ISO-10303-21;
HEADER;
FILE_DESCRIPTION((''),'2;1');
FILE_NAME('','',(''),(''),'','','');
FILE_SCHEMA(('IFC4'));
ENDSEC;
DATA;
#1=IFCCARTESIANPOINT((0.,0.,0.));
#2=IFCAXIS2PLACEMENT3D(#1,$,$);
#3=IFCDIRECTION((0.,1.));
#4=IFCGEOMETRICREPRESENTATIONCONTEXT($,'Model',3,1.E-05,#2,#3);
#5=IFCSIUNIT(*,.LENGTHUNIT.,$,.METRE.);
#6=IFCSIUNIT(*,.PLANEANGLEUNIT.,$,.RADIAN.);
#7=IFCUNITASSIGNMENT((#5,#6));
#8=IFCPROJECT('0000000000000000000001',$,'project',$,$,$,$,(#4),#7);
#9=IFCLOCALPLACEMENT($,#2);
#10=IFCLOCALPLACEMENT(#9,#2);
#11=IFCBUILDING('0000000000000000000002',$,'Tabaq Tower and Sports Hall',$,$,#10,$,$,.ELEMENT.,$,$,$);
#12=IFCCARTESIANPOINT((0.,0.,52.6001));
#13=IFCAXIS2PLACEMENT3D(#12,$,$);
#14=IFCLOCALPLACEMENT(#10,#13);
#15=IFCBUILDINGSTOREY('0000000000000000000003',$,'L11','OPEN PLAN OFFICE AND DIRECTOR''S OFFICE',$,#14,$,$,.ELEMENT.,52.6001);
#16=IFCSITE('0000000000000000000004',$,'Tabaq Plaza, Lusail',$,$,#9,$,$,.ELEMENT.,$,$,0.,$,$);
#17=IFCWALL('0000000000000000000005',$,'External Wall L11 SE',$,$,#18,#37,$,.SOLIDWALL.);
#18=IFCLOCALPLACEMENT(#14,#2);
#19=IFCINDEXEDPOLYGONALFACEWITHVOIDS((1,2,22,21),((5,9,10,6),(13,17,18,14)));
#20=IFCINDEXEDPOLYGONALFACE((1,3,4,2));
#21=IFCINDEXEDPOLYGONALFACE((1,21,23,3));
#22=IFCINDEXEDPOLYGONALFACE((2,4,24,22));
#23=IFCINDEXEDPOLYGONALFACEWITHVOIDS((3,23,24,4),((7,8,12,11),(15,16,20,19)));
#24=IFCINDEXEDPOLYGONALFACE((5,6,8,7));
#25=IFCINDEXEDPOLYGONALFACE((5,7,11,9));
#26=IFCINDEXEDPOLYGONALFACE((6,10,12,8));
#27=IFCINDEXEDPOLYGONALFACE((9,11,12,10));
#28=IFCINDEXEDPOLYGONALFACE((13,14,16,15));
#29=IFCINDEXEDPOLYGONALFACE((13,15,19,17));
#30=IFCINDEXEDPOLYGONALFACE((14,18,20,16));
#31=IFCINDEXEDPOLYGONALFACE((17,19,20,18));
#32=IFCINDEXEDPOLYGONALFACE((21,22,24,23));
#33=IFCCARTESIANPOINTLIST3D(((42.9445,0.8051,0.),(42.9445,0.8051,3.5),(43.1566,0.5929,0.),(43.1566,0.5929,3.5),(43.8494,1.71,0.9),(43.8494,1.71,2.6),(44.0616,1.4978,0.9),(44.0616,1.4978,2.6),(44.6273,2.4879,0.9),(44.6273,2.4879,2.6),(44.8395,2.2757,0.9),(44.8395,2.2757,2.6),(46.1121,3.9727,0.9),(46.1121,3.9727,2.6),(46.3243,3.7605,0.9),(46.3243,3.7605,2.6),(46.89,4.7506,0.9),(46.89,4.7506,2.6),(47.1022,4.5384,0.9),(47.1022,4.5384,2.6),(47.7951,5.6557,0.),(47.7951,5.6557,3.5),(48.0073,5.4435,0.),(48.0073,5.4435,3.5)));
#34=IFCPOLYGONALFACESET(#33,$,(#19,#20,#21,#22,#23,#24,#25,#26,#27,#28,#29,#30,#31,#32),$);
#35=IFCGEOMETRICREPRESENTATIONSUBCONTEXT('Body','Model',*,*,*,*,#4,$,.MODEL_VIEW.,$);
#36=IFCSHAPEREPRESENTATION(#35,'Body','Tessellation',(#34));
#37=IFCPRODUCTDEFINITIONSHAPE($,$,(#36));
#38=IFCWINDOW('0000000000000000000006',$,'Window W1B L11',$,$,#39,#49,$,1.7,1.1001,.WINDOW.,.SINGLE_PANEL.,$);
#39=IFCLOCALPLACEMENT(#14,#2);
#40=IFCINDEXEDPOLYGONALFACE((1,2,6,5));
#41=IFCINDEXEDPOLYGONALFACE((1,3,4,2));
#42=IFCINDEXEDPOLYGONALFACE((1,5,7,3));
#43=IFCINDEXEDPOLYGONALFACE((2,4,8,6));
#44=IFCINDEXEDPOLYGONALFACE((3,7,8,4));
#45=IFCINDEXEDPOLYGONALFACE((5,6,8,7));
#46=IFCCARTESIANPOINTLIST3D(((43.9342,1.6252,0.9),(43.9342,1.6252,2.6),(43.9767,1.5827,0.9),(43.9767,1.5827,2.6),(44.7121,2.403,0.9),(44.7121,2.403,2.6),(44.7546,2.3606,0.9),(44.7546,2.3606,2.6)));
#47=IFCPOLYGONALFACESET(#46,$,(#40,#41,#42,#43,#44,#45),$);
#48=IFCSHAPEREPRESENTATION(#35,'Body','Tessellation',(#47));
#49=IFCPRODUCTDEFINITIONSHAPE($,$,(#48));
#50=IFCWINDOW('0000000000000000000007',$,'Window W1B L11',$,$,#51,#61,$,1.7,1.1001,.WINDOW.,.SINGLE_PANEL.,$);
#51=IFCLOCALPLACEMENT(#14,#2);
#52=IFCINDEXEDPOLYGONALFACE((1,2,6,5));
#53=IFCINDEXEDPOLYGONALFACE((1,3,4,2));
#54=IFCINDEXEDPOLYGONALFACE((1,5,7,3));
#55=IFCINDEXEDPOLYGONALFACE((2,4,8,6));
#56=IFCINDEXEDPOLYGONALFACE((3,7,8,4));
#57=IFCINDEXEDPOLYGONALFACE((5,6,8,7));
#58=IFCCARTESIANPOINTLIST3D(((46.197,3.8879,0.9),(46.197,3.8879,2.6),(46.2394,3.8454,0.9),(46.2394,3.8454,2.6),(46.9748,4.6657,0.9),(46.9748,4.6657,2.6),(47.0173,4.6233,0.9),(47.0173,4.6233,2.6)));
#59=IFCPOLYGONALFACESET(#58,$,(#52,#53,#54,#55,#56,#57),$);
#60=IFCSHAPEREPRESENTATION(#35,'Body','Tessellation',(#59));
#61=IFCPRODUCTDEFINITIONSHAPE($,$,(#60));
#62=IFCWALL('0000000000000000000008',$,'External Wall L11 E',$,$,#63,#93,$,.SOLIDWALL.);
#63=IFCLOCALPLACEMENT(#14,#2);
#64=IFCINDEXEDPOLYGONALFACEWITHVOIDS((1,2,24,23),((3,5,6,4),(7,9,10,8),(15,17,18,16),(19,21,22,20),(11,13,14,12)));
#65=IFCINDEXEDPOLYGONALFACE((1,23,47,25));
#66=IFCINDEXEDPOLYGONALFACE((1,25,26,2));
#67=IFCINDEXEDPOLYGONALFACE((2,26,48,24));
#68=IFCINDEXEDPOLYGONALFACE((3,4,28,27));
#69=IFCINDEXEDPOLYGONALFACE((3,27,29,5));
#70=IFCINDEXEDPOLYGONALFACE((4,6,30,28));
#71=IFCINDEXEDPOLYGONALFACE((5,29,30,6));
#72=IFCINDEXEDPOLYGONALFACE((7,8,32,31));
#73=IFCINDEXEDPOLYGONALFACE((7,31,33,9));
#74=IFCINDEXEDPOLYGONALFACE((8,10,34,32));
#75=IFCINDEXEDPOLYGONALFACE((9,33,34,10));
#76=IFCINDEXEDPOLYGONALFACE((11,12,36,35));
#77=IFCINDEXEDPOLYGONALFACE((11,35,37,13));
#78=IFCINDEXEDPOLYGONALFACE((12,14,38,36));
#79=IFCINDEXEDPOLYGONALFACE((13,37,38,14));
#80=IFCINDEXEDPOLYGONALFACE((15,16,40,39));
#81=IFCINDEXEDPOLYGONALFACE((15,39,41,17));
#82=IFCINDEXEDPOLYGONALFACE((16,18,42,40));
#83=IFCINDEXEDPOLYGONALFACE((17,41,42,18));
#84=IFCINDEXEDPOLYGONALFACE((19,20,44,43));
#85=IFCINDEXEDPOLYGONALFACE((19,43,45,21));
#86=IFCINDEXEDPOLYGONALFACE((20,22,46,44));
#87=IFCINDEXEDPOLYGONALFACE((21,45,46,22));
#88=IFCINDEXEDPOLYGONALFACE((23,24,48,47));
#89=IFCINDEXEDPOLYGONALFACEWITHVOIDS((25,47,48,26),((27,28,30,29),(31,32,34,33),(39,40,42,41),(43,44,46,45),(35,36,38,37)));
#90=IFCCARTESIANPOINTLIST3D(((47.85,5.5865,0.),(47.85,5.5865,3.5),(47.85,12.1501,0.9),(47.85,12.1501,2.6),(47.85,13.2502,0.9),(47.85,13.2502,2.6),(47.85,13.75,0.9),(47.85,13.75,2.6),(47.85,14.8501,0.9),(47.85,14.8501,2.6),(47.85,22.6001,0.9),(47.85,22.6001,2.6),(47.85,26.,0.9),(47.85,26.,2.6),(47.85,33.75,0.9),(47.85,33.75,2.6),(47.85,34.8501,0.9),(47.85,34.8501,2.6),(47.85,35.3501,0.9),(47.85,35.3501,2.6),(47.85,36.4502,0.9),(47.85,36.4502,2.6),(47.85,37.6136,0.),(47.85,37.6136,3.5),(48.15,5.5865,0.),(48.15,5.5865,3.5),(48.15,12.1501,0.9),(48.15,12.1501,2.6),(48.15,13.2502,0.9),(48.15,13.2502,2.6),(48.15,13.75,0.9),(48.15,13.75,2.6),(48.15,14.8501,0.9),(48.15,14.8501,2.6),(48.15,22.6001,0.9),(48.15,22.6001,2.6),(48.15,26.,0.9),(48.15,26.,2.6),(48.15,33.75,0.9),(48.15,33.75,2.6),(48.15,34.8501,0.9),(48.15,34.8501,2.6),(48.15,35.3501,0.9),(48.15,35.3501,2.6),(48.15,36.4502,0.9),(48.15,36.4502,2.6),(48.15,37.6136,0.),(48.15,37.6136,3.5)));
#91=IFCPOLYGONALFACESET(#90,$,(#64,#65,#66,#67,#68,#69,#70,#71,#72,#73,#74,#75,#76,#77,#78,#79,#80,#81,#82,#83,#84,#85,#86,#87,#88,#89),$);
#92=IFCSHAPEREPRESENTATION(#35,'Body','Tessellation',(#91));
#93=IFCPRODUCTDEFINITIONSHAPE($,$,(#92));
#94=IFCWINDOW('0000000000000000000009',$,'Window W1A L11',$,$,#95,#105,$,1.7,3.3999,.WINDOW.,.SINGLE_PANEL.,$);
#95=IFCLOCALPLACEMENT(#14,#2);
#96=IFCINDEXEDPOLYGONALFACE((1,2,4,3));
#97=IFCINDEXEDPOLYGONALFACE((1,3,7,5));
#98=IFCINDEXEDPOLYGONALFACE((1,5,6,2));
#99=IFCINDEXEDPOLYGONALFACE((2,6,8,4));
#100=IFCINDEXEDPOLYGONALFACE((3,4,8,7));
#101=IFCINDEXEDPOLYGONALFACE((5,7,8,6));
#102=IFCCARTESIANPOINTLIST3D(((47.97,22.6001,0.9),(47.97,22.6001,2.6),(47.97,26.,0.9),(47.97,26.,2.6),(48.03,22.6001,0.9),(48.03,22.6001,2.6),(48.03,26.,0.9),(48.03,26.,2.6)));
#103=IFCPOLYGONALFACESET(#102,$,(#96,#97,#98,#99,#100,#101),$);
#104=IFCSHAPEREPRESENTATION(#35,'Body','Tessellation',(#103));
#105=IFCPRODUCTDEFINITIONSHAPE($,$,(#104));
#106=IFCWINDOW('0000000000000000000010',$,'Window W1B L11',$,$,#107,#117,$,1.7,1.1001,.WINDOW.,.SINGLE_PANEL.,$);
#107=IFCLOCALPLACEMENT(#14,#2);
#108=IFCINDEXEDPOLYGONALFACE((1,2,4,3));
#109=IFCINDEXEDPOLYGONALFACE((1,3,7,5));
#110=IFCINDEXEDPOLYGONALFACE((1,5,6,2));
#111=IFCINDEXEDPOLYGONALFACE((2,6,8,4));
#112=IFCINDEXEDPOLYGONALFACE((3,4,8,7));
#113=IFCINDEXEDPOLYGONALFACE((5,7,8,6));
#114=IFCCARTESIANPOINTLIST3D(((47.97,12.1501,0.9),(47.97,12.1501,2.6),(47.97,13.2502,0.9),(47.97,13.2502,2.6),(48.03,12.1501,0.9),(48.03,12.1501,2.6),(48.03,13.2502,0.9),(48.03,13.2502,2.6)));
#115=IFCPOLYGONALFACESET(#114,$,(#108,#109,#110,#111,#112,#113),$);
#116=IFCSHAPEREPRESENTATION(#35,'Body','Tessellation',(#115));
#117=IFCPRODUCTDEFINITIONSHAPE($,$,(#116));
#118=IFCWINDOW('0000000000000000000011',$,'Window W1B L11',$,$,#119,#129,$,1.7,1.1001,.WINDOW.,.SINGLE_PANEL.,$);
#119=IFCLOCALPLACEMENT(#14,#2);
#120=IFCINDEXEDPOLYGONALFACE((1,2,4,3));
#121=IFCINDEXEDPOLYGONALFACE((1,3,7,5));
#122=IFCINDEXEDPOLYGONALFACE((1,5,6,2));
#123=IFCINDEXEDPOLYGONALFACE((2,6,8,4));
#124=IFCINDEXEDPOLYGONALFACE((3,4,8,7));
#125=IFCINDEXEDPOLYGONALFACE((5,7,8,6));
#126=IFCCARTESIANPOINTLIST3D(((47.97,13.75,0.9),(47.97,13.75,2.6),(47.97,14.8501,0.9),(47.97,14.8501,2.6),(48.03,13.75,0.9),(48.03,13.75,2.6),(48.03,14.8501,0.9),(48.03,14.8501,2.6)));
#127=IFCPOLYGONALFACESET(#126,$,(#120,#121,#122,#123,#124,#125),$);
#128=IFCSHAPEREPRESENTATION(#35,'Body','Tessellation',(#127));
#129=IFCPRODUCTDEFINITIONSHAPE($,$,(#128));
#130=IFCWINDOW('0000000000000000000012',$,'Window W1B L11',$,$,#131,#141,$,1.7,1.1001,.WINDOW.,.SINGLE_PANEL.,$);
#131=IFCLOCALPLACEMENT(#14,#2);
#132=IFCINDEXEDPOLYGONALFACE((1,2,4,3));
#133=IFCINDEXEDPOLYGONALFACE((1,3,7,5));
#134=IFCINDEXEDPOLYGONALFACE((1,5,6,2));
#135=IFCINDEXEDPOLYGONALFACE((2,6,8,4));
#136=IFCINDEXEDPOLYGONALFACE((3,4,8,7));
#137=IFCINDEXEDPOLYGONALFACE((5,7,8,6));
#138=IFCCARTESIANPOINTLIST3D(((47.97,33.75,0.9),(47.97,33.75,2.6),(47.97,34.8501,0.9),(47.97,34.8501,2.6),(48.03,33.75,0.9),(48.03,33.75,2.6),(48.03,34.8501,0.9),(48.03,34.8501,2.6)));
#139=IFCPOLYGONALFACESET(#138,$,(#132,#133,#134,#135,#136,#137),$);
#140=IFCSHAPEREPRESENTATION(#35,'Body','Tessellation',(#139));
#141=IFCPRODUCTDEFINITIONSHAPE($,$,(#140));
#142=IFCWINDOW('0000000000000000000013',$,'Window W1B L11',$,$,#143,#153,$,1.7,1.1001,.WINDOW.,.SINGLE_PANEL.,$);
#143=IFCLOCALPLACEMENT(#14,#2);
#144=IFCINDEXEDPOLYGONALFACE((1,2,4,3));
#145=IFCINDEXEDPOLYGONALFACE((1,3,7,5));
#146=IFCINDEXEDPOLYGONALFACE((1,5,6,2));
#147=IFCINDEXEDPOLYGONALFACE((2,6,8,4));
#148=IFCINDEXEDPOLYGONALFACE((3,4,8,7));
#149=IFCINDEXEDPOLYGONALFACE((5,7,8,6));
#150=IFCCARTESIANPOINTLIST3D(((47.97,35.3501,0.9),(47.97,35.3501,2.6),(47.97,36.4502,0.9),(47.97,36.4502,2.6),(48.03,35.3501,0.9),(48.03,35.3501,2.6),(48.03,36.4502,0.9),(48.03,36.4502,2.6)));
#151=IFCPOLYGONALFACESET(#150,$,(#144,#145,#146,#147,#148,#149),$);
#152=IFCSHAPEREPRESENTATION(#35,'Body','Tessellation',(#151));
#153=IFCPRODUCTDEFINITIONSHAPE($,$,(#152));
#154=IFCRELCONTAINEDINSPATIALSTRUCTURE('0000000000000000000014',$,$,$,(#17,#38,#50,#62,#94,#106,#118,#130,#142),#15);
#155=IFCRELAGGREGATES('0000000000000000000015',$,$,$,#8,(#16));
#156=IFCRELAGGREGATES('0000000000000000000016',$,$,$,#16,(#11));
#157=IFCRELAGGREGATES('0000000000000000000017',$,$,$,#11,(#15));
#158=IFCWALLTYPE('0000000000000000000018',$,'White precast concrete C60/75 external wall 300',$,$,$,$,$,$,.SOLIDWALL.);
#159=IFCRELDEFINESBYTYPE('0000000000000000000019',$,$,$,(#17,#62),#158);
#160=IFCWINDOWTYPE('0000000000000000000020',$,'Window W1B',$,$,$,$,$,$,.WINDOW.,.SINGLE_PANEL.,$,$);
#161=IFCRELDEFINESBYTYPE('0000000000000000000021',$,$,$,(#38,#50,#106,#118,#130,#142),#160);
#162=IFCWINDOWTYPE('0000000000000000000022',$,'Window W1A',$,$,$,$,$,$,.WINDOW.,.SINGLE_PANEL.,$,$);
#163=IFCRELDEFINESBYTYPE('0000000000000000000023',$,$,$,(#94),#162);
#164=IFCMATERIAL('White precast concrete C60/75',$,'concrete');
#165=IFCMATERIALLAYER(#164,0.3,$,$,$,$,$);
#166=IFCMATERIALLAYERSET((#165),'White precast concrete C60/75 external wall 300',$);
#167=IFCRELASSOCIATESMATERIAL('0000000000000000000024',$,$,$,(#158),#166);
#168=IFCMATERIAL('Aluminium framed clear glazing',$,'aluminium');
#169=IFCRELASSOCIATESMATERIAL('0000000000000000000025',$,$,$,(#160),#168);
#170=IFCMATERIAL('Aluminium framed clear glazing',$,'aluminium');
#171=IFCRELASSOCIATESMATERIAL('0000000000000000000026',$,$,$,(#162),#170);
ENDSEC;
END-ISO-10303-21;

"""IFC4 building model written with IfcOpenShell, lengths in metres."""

from ifc_helpers import new_model, si_unit, direction, frame, frame_2d, origin, place, context, subcontext, project, spatial, rectangle, extrude, material, layer, layer_set, type_object, element, fill, save


model = new_model("IFC4")

# Units and contexts
model_context = context("Model", 3, precision=1e-05, world=origin(), true_north=direction((0.0, 1.0)))
body_context = subcontext(model_context, "Body", "Model", "MODEL_VIEW")
ifc_project = project(units=[si_unit("LENGTHUNIT", "METRE"), si_unit("PLANEANGLEUNIT", "RADIAN")], contexts=[model_context])

# Site, building, storey
site_placement = place(None, origin())
site = spatial("IfcSite", under=ifc_project, at=site_placement, Name="Tabaq Plaza, Lusail", CompositionType="ELEMENT", RefElevation=0.0)
building_placement = place(site_placement, origin())
building = spatial("IfcBuilding", under=site, at=building_placement, Name="Tabaq Tower and Sports Hall", CompositionType="ELEMENT")
storey_placement = place(building_placement, frame((0.0, 0.0, 52.6001)))
storey = spatial("IfcBuildingStorey", under=building, at=storey_placement, Name="L11", Description="OPEN PLAN OFFICE AND DIRECTOR'S OFFICE", CompositionType="ELEMENT", Elevation=52.6001)

# Walls, openings, windows
ifc_material_1 = material(Name="White precast concrete C60/75", Category="concrete")
ifc_layer_1 = layer(ifc_material_1, 0.3)
ifc_layer_set_1 = layer_set([ifc_layer_1], Name="White precast concrete C60/75 external wall 300")
wall_type_1 = type_object("IfcWallType", Name="White precast concrete C60/75 external wall 300", PredefinedType="SOLIDWALL", material=ifc_layer_set_1)
wall_1_placement = place(storey_placement, frame((43.0505, 0.699, 0.0), z_axis=(0.0, 0.0, 1.0), x_axis=(0.707107, 0.707107, 0.0)))
wall_1 = element("IfcWall", 1, at=wall_1_placement, inside=storey, type_object=wall_type_1, Name="External Wall L11 SE", PredefinedType="SOLIDWALL", context=body_context, shape_type="SweptSolid", body=[
    extrude(rectangle(XDim=6.8599, YDim=0.3, at=frame_2d((3.4299, 0.0))), origin(), (0.0, 0.0, 1.0), 3.5),
])
opening_1_placement = place(wall_1_placement, frame((1.2798, 0.0, 0.8999)))
opening_1 = element("IfcOpeningElement", 2, at=opening_1_placement, cuts=wall_1, PredefinedType="OPENING", context=body_context, shape_type="SweptSolid", body=[
    extrude(rectangle(XDim=1.1001, YDim=1.7, at=frame_2d((0.55, 0.8501))), frame((0.0, 0.1602, 0.0), z_axis=(0.0, -1.0, 0.0), x_axis=(1.0, 0.0, 0.0)), (0.0, 0.0, 1.0), 0.3201),
])
opening_2_placement = place(wall_1_placement, frame((4.4797, 0.0, 0.8999)))
opening_2 = element("IfcOpeningElement", 3, at=opening_2_placement, cuts=wall_1, PredefinedType="OPENING", context=body_context, shape_type="SweptSolid", body=[
    extrude(rectangle(XDim=1.1001, YDim=1.7, at=frame_2d((0.55, 0.8501))), frame((0.0, 0.1602, 0.0), z_axis=(0.0, -1.0, 0.0), x_axis=(1.0, 0.0, 0.0)), (0.0, 0.0, 1.0), 0.3201),
])
ifc_material_2 = material(Name="Aluminium framed clear glazing", Category="aluminium")
window_type_1 = type_object("IfcWindowType", Name="Window W1B", PartitioningType="SINGLE_PANEL", PredefinedType="WINDOW", material=ifc_material_2)
window_1_placement = place(opening_1_placement, origin())
window_1 = element("IfcWindow", 4, at=window_1_placement, inside=storey, type_object=window_type_1, Name="Window W1B L11", OverallHeight=1.7, OverallWidth=1.1001, PartitioningType="SINGLE_PANEL", PredefinedType="WINDOW", context=body_context, shape_type="SweptSolid", body=[
    extrude(rectangle(XDim=1.1001, YDim=1.7, at=frame_2d((0.55, 0.8501))), frame((0.0, 0.03, 0.0), z_axis=(0.0, -1.0, 0.0), x_axis=(1.0, 0.0, 0.0)), (0.0, 0.0, 1.0), 0.0601),
])
fill(opening_1, window_1)
window_2_placement = place(opening_2_placement, origin())
window_2 = element("IfcWindow", 5, at=window_2_placement, inside=storey, type_object=window_type_1, Name="Window W1B L11", OverallHeight=1.7, OverallWidth=1.1001, PartitioningType="SINGLE_PANEL", PredefinedType="WINDOW", context=body_context, shape_type="SweptSolid", body=[
    extrude(rectangle(XDim=1.1001, YDim=1.7, at=frame_2d((0.55, 0.8501))), frame((0.0, 0.03, 0.0), z_axis=(0.0, -1.0, 0.0), x_axis=(1.0, 0.0, 0.0)), (0.0, 0.0, 1.0), 0.0601),
])
fill(opening_2, window_2)
wall_2_placement = place(storey_placement, frame((48.0, 5.5864, 0.0), z_axis=(0.0, 0.0, 1.0), x_axis=(0.0, 1.0, 0.0)))
wall_2 = element("IfcWall", 6, at=wall_2_placement, inside=storey, type_object=wall_type_1, Name="External Wall L11 E", PredefinedType="SOLIDWALL", context=body_context, shape_type="SweptSolid", body=[
    extrude(rectangle(XDim=32.0271, YDim=0.3, at=frame_2d((16.0137, 0.0))), origin(), (0.0, 0.0, 1.0), 3.5),
])
opening_3_placement = place(wall_2_placement, frame((6.5637, 0.0, 0.8999)))
opening_3 = element("IfcOpeningElement", 7, at=opening_3_placement, cuts=wall_2, PredefinedType="OPENING", context=body_context, shape_type="SweptSolid", body=[
    extrude(rectangle(XDim=1.1001, YDim=1.7, at=frame_2d((0.55, 0.8501))), frame((0.0, 0.1602, 0.0), z_axis=(0.0, -1.0, 0.0), x_axis=(1.0, 0.0, 0.0)), (0.0, 0.0, 1.0), 0.3201),
])
opening_4_placement = place(wall_2_placement, frame((8.1636, 0.0, 0.8999)))
opening_4 = element("IfcOpeningElement", 8, at=opening_4_placement, cuts=wall_2, PredefinedType="OPENING", context=body_context, shape_type="SweptSolid", body=[
    extrude(rectangle(XDim=1.1001, YDim=1.7, at=frame_2d((0.55, 0.8501))), frame((0.0, 0.1602, 0.0), z_axis=(0.0, -1.0, 0.0), x_axis=(1.0, 0.0, 0.0)), (0.0, 0.0, 1.0), 0.3201),
])
opening_5_placement = place(wall_2_placement, frame((17.0137, 0.0, 0.8999)))
opening_5 = element("IfcOpeningElement", 9, at=opening_5_placement, cuts=wall_2, PredefinedType="OPENING", context=body_context, shape_type="SweptSolid", body=[
    extrude(rectangle(XDim=3.3999, YDim=1.7, at=frame_2d((1.7, 0.8501))), frame((0.0, 0.1602, 0.0), z_axis=(0.0, -1.0, 0.0), x_axis=(1.0, 0.0, 0.0)), (0.0, 0.0, 1.0), 0.3201),
])
opening_6_placement = place(wall_2_placement, frame((28.1636, 0.0, 0.8999)))
opening_6 = element("IfcOpeningElement", 10, at=opening_6_placement, cuts=wall_2, PredefinedType="OPENING", context=body_context, shape_type="SweptSolid", body=[
    extrude(rectangle(XDim=1.1001, YDim=1.7, at=frame_2d((0.55, 0.8501))), frame((0.0, 0.1602, 0.0), z_axis=(0.0, -1.0, 0.0), x_axis=(1.0, 0.0, 0.0)), (0.0, 0.0, 1.0), 0.3201),
])
opening_7_placement = place(wall_2_placement, frame((29.7637, 0.0, 0.8999)))
opening_7 = element("IfcOpeningElement", 11, at=opening_7_placement, cuts=wall_2, PredefinedType="OPENING", context=body_context, shape_type="SweptSolid", body=[
    extrude(rectangle(XDim=1.1001, YDim=1.7, at=frame_2d((0.55, 0.8501))), frame((0.0, 0.1602, 0.0), z_axis=(0.0, -1.0, 0.0), x_axis=(1.0, 0.0, 0.0)), (0.0, 0.0, 1.0), 0.3201),
])
ifc_material_3 = material(Name="Aluminium framed clear glazing", Category="aluminium")
window_type_2 = type_object("IfcWindowType", Name="Window W1A", PartitioningType="SINGLE_PANEL", PredefinedType="WINDOW", material=ifc_material_3)
window_3_placement = place(opening_5_placement, origin())
window_3 = element("IfcWindow", 12, at=window_3_placement, inside=storey, type_object=window_type_2, Name="Window W1A L11", OverallHeight=1.7, OverallWidth=3.3999, PartitioningType="SINGLE_PANEL", PredefinedType="WINDOW", context=body_context, shape_type="SweptSolid", body=[
    extrude(rectangle(XDim=3.3999, YDim=1.7, at=frame_2d((1.7, 0.8501))), frame((0.0, 0.03, 0.0), z_axis=(0.0, -1.0, 0.0), x_axis=(1.0, 0.0, 0.0)), (0.0, 0.0, 1.0), 0.0601),
])
fill(opening_5, window_3)
window_4_placement = place(opening_3_placement, origin())
window_4 = element("IfcWindow", 13, at=window_4_placement, inside=storey, type_object=window_type_1, Name="Window W1B L11", OverallHeight=1.7, OverallWidth=1.1001, PartitioningType="SINGLE_PANEL", PredefinedType="WINDOW", context=body_context, shape_type="SweptSolid", body=[
    extrude(rectangle(XDim=1.1001, YDim=1.7, at=frame_2d((0.55, 0.8501))), frame((0.0, 0.03, 0.0), z_axis=(0.0, -1.0, 0.0), x_axis=(1.0, 0.0, 0.0)), (0.0, 0.0, 1.0), 0.0601),
])
fill(opening_3, window_4)
window_5_placement = place(opening_4_placement, origin())
window_5 = element("IfcWindow", 14, at=window_5_placement, inside=storey, type_object=window_type_1, Name="Window W1B L11", OverallHeight=1.7, OverallWidth=1.1001, PartitioningType="SINGLE_PANEL", PredefinedType="WINDOW", context=body_context, shape_type="SweptSolid", body=[
    extrude(rectangle(XDim=1.1001, YDim=1.7, at=frame_2d((0.55, 0.8501))), frame((0.0, 0.03, 0.0), z_axis=(0.0, -1.0, 0.0), x_axis=(1.0, 0.0, 0.0)), (0.0, 0.0, 1.0), 0.0601),
])
fill(opening_4, window_5)
window_6_placement = place(opening_6_placement, origin())
window_6 = element("IfcWindow", 15, at=window_6_placement, inside=storey, type_object=window_type_1, Name="Window W1B L11", OverallHeight=1.7, OverallWidth=1.1001, PartitioningType="SINGLE_PANEL", PredefinedType="WINDOW", context=body_context, shape_type="SweptSolid", body=[
    extrude(rectangle(XDim=1.1001, YDim=1.7, at=frame_2d((0.55, 0.8501))), frame((0.0, 0.03, 0.0), z_axis=(0.0, -1.0, 0.0), x_axis=(1.0, 0.0, 0.0)), (0.0, 0.0, 1.0), 0.0601),
])
fill(opening_6, window_6)
window_7_placement = place(opening_7_placement, origin())
window_7 = element("IfcWindow", 16, at=window_7_placement, inside=storey, type_object=window_type_1, Name="Window W1B L11", OverallHeight=1.7, OverallWidth=1.1001, PartitioningType="SINGLE_PANEL", PredefinedType="WINDOW", context=body_context, shape_type="SweptSolid", body=[
    extrude(rectangle(XDim=1.1001, YDim=1.7, at=frame_2d((0.55, 0.8501))), frame((0.0, 0.03, 0.0), z_axis=(0.0, -1.0, 0.0), x_axis=(1.0, 0.0, 0.0)), (0.0, 0.0, 1.0), 0.0601),
])
fill(opening_7, window_7)

save(model, "model.ifc")
